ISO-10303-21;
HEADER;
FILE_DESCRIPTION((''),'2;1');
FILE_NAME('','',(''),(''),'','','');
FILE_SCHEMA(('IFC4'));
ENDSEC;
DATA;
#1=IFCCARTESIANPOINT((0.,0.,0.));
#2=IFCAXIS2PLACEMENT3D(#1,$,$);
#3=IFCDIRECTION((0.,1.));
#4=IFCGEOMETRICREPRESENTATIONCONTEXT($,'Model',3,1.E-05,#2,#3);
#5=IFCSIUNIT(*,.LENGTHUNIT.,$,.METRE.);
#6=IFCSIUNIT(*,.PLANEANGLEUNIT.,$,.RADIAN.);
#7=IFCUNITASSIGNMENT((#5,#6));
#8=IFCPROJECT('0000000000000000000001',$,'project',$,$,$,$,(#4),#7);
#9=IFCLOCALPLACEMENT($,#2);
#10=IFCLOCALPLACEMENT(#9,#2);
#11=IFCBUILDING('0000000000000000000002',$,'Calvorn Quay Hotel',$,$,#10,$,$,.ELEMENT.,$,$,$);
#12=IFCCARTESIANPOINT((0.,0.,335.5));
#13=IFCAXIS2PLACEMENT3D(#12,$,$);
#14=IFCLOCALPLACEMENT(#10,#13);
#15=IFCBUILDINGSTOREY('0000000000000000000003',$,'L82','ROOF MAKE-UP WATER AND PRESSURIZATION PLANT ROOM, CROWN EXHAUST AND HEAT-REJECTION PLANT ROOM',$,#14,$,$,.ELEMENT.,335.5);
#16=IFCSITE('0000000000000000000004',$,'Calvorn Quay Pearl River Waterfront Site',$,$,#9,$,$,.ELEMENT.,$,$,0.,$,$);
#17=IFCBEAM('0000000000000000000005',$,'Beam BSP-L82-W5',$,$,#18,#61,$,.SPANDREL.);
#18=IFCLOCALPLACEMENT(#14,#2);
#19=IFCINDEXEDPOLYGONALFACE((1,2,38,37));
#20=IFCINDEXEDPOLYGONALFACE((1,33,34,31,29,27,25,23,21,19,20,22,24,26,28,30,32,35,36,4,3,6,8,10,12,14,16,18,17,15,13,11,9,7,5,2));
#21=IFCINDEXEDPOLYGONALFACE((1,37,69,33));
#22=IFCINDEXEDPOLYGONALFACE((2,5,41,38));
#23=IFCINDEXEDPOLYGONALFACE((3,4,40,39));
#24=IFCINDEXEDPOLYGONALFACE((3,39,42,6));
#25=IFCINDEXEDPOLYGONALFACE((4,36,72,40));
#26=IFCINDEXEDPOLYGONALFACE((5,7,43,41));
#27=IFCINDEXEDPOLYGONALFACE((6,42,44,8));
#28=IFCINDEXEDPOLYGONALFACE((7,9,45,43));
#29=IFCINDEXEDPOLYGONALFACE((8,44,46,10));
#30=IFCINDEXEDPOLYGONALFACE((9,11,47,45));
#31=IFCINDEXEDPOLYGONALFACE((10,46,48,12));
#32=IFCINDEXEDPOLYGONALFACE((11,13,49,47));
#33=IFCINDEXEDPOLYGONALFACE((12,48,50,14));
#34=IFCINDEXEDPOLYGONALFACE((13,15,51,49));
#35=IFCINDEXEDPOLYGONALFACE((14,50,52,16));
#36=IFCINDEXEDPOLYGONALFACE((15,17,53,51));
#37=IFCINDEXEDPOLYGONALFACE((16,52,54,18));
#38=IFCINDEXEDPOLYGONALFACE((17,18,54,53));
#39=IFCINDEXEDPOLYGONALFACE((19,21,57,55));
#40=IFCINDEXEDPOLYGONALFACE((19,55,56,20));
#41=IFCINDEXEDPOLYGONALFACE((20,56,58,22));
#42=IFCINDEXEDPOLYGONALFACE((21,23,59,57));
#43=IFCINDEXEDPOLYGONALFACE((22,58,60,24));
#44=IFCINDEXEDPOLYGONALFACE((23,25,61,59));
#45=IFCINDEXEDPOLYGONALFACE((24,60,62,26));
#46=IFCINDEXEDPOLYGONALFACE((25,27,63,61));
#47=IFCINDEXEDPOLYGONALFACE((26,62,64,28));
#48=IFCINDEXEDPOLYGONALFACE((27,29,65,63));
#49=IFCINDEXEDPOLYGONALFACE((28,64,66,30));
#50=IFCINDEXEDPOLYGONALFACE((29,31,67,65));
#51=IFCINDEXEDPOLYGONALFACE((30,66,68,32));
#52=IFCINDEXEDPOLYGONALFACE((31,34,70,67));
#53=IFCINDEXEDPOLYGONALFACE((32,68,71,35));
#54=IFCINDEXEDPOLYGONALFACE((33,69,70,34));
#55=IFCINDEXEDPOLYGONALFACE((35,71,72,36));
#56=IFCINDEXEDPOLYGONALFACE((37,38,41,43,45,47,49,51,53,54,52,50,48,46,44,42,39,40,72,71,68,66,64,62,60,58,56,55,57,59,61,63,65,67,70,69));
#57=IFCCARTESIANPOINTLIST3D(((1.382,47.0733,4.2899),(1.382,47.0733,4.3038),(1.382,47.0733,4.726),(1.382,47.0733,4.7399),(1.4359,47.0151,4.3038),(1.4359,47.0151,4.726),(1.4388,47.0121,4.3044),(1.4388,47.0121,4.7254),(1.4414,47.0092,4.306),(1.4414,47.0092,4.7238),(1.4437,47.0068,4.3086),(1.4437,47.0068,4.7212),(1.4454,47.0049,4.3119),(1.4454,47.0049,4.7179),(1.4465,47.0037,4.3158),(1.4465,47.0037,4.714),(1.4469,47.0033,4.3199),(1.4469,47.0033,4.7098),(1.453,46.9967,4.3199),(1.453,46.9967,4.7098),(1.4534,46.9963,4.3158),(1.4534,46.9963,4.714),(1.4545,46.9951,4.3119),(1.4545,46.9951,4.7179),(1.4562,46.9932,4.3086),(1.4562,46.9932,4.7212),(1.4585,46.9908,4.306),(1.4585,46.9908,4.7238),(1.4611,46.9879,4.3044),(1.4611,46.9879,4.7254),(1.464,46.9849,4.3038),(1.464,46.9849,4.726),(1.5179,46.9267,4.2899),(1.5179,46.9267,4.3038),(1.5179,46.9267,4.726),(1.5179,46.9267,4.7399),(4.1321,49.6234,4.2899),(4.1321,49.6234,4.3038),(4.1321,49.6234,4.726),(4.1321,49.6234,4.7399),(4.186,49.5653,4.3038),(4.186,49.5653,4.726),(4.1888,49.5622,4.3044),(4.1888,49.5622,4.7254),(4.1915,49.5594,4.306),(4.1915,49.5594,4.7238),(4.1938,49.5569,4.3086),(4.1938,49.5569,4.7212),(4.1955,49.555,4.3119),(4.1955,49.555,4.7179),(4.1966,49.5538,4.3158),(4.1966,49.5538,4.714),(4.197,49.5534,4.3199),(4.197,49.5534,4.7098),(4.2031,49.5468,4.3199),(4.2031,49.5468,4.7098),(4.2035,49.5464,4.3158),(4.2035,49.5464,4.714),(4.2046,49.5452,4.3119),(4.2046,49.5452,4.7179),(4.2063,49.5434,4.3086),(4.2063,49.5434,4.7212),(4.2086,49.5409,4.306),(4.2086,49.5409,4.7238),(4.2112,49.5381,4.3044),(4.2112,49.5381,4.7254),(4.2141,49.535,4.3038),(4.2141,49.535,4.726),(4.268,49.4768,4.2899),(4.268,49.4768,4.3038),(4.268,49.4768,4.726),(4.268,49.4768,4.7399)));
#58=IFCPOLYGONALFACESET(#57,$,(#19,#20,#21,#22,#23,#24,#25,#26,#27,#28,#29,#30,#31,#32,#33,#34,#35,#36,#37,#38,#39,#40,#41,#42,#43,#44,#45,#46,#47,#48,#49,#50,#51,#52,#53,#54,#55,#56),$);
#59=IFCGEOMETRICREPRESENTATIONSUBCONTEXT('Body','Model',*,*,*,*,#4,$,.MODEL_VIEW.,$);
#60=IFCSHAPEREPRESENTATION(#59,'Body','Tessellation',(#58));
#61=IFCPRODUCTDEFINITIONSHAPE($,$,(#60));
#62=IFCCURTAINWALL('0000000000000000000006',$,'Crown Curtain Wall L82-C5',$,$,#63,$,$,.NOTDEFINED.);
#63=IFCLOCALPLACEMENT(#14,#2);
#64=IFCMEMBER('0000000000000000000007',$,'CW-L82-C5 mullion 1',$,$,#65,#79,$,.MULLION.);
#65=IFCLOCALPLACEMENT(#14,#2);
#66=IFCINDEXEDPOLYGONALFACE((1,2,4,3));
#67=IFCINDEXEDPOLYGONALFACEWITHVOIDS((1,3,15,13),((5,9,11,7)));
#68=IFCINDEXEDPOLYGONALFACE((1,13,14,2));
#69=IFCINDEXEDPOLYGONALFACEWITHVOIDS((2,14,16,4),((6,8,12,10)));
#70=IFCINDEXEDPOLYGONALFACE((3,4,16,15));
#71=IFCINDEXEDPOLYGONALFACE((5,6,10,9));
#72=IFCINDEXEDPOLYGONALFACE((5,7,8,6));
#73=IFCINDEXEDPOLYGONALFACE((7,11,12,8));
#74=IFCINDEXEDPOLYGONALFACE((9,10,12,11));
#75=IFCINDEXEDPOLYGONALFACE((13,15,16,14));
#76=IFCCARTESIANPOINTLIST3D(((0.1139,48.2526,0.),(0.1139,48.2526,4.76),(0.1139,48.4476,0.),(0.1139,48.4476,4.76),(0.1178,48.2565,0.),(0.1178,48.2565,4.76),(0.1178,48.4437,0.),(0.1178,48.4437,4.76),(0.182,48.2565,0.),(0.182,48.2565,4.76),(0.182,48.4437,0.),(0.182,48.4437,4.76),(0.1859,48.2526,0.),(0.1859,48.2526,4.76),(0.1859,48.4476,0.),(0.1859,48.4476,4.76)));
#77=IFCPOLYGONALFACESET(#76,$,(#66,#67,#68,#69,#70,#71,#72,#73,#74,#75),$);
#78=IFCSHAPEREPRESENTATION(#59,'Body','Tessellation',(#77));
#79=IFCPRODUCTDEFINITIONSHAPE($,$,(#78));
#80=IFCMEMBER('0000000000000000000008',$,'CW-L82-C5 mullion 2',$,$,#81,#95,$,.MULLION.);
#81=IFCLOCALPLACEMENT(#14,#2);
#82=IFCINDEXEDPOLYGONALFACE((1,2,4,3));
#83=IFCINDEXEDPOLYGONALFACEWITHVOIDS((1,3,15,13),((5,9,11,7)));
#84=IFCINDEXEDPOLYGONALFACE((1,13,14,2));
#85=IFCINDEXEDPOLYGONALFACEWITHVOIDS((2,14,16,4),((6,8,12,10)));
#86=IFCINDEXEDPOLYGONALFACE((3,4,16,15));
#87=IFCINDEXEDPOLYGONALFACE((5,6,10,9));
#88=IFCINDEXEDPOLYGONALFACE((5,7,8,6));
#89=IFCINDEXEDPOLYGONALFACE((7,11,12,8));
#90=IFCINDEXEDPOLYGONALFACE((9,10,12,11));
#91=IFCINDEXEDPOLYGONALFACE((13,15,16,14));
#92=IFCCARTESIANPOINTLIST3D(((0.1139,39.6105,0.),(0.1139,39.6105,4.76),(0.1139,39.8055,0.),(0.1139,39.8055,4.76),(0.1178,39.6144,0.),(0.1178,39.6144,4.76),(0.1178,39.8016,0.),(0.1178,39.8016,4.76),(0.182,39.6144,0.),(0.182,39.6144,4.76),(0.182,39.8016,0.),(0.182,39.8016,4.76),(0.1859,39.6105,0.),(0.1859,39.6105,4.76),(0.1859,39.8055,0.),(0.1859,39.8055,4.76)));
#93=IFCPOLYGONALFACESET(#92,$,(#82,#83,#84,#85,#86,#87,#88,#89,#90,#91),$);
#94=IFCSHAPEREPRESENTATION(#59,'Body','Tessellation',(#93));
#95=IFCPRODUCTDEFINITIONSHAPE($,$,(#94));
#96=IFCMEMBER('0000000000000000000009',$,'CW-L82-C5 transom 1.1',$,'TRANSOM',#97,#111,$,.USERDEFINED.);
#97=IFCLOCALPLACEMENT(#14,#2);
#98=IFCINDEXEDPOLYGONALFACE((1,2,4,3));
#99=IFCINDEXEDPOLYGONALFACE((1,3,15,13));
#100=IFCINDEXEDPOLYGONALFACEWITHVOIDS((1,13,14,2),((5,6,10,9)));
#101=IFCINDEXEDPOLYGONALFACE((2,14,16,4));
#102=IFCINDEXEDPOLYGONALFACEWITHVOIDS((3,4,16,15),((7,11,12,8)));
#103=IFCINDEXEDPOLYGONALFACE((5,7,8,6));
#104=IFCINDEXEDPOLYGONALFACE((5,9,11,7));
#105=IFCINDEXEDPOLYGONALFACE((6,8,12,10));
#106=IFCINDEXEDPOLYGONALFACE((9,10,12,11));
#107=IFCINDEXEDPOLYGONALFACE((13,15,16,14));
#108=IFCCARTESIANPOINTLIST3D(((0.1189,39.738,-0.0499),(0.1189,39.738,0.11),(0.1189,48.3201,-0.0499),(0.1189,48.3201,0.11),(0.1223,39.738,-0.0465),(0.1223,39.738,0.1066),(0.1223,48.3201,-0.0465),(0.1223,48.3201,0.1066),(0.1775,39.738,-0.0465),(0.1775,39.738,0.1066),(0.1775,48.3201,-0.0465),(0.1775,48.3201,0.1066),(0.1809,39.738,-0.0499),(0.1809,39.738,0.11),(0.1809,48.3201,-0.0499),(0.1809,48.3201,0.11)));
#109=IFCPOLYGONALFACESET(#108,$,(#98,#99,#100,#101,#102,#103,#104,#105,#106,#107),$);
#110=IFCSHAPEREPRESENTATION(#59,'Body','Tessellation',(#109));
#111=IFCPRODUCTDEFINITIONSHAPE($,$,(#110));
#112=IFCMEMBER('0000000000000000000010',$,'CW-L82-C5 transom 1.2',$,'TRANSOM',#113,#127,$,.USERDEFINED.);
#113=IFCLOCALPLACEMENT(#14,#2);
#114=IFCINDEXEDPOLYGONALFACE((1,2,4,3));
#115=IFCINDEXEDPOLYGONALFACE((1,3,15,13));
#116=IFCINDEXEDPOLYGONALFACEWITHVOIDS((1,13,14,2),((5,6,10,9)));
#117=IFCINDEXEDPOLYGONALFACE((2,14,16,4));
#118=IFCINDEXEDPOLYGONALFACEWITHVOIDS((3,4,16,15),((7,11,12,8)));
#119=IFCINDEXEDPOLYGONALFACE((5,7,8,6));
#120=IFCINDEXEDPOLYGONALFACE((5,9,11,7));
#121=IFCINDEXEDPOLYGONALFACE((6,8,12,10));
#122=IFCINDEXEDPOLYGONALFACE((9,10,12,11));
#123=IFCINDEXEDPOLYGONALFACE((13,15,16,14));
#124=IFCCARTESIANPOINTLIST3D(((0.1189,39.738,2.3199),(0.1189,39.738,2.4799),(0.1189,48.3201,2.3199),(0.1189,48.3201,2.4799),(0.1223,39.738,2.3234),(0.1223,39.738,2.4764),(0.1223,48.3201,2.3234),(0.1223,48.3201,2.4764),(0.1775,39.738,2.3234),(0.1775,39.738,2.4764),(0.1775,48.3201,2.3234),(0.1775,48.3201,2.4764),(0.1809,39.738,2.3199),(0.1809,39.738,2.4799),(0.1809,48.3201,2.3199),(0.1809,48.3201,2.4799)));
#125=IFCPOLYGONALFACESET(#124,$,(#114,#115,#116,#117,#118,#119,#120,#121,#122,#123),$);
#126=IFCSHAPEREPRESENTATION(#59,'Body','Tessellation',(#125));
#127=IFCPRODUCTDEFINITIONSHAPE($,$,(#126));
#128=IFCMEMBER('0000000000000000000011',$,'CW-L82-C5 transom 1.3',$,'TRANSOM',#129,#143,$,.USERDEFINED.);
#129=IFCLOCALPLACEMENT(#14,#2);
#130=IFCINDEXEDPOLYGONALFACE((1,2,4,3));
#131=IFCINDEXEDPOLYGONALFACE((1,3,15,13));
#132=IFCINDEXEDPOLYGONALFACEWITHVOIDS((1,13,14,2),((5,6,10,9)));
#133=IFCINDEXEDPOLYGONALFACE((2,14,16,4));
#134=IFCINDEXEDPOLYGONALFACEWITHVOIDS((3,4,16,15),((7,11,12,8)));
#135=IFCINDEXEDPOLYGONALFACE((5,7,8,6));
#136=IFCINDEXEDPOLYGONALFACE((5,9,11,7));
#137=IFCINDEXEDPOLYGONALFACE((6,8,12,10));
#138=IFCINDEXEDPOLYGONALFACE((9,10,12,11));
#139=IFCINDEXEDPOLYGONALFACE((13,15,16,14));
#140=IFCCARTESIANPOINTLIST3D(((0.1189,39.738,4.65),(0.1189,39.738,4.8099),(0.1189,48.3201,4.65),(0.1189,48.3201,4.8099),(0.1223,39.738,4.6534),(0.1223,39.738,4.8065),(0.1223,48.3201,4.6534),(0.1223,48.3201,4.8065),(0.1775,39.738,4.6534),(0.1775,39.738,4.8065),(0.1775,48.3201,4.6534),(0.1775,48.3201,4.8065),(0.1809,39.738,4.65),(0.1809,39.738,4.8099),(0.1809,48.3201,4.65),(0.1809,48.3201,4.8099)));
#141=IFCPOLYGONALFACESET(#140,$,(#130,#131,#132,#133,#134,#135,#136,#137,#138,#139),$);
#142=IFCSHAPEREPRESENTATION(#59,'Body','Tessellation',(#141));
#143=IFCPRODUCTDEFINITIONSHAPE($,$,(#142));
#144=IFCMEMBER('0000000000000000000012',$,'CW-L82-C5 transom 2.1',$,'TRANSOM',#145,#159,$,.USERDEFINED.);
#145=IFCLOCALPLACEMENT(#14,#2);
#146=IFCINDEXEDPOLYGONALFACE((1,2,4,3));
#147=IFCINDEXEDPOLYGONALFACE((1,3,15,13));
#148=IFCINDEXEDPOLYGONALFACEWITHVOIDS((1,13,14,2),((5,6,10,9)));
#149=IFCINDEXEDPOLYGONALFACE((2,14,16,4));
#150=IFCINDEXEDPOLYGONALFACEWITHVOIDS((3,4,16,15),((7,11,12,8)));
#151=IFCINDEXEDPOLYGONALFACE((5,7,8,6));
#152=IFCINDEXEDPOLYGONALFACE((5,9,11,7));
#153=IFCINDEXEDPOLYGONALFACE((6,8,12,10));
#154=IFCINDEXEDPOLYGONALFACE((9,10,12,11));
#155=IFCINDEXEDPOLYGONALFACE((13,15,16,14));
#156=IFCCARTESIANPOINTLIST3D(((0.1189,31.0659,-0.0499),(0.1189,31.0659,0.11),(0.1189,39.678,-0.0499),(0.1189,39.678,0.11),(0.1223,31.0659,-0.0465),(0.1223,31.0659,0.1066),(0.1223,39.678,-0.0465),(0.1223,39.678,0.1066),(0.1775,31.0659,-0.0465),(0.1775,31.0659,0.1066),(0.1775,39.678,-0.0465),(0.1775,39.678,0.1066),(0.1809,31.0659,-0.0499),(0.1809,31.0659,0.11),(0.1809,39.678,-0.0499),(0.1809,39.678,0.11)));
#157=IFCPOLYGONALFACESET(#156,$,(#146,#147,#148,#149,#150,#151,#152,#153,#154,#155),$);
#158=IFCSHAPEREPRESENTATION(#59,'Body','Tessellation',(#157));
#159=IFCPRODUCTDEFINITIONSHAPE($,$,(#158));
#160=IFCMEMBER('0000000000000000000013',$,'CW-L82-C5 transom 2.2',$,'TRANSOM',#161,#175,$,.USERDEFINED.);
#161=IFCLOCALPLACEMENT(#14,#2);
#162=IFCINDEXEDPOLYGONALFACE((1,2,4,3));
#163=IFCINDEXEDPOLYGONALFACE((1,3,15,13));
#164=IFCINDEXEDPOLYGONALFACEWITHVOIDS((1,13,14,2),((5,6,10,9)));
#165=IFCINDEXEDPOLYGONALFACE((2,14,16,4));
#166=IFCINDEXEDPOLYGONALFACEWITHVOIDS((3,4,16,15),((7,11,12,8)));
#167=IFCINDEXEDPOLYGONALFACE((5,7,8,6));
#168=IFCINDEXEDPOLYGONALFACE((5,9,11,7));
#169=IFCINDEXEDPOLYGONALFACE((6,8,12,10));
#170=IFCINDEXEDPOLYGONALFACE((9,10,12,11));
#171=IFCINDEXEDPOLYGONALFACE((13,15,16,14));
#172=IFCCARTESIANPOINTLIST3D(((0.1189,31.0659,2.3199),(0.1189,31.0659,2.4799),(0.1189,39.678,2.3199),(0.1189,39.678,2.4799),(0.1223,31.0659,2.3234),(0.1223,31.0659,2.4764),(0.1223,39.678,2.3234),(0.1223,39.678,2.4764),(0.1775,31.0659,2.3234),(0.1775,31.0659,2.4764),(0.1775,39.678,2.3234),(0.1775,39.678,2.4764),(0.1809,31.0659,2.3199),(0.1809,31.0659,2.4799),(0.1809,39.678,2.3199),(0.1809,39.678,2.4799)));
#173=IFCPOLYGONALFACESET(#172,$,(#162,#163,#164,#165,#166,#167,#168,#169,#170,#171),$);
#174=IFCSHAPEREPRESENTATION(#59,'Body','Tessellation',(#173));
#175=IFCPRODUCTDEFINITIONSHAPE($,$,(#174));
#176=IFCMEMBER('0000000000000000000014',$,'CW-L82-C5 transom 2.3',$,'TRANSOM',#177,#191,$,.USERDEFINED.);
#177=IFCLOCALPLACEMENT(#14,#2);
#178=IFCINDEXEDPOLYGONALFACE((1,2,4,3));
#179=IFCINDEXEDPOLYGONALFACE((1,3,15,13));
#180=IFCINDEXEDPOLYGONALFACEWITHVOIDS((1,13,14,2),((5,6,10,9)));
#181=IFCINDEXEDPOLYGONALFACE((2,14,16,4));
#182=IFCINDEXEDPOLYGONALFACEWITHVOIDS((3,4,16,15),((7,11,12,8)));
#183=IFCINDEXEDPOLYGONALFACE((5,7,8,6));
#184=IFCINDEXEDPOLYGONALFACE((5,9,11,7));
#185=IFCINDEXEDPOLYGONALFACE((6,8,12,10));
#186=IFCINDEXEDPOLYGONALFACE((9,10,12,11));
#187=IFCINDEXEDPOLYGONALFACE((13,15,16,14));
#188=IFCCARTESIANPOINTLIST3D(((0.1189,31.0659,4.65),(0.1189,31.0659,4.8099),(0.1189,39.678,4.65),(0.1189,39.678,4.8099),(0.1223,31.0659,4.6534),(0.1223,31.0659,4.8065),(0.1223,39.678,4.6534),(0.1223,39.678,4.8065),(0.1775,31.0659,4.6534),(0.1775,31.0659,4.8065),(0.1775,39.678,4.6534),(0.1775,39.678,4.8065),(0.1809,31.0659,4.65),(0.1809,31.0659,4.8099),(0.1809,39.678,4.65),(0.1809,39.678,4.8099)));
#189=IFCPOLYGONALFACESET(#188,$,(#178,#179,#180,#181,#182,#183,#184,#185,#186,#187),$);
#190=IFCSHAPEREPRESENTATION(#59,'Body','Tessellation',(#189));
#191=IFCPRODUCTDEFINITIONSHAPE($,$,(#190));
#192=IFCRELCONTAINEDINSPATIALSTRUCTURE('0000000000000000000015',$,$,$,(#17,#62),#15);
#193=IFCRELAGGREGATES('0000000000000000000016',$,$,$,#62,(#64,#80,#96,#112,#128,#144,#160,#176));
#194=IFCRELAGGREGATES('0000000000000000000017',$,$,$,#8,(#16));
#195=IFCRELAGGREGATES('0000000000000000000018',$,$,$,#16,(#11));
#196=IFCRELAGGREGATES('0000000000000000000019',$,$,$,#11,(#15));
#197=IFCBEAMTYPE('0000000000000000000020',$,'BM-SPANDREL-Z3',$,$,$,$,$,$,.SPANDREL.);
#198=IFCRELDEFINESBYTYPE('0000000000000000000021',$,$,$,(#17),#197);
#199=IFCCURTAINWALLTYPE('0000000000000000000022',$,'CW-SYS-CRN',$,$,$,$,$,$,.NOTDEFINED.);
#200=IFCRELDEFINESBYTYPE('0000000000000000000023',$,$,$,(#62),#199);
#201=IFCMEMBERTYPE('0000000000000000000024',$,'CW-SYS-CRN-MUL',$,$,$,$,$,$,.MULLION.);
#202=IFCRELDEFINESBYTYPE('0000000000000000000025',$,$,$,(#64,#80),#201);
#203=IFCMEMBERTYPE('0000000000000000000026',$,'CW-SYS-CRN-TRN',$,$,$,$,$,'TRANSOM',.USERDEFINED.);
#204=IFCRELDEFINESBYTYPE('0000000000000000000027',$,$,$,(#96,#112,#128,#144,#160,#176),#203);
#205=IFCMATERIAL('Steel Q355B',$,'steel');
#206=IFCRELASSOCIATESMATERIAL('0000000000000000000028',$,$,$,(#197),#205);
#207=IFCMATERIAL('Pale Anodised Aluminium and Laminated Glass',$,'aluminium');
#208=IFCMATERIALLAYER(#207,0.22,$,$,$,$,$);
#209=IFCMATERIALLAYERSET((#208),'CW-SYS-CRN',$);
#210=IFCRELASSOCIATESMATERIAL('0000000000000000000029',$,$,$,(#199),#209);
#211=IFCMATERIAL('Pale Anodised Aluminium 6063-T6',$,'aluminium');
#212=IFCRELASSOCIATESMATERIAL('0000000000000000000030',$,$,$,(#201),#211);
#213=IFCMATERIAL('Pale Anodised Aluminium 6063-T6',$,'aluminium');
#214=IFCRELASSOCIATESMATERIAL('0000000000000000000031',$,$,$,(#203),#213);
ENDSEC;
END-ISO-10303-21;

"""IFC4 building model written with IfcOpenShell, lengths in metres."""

from ifc_helpers import new_model, si_unit, direction, frame, origin, origin_2d, place, context, subcontext, project, spatial, hollow_rectangle, i_section, extrude, material, layer, layer_set, material_profile, profile_set, type_object, element, aggregate, save


model = new_model("IFC4")

# Units and contexts
model_context = context("Model", 3, precision=1e-05, world=origin(), true_north=direction((0.0, 1.0)))
body_context = subcontext(model_context, "Body", "Model", "MODEL_VIEW")
ifc_project = project(units=[si_unit("LENGTHUNIT", "METRE"), si_unit("PLANEANGLEUNIT", "RADIAN")], contexts=[model_context])

# Site, building, storey
site_placement = place(None, origin())
site = spatial("IfcSite", under=ifc_project, at=site_placement, Name="Calvorn Quay Pearl River Waterfront Site", CompositionType="ELEMENT", RefElevation=0.0)
building_placement = place(site_placement, origin())
building = spatial("IfcBuilding", under=site, at=building_placement, Name="Calvorn Quay Hotel", CompositionType="ELEMENT")
storey_placement = place(building_placement, frame((0.0, 0.0, 335.5)))
storey = spatial("IfcBuildingStorey", under=building, at=storey_placement, Name="L82", Description="ROOF MAKE-UP WATER AND PRESSURIZATION PLANT ROOM, CROWN EXHAUST AND HEAT-REJECTION PLANT ROOM", CompositionType="ELEMENT", Elevation=335.5)

# Beam
ifc_material_1 = material(Name="Steel Q355B", Category="steel")
ifc_material_profile_1 = material_profile(ifc_material_1, i_section(OverallWidth=0.2, OverallDepth=0.45, WebThickness=0.009, FlangeThickness=0.0139, FilletRadius=0.0161, at=origin_2d()), Name="HN450x200x9x14")
ifc_profile_set_1 = profile_set([ifc_material_profile_1], Name="Steel Q355B")
beam_type_1 = type_object("IfcBeamType", Name="BM-SPANDREL-Z3", PredefinedType="SPANDREL", material=ifc_profile_set_1)
beam_1_placement = place(storey_placement, frame((1.45, 47.0, 4.5149), z_axis=(0.733262, 0.679947, 0.0), x_axis=(-0.679947, 0.733262, 0.0)))
element("IfcBeam", 1, at=beam_1_placement, inside=storey, type_object=beam_type_1, Name="Beam BSP-L82-W5", PredefinedType="SPANDREL", context=body_context, shape_type="SweptSolid", body=[
    extrude(i_section(OverallWidth=0.2, OverallDepth=0.45, WebThickness=0.009, FlangeThickness=0.0139, FilletRadius=0.0161, at=origin_2d()), origin(), (0.0, 0.0, 1.0), 3.7505),
])

# Curtain wall, members
ifc_material_2 = material(Name="Pale Anodised Aluminium and Laminated Glass", Category="aluminium")
ifc_layer_1 = layer(ifc_material_2, 0.22)
ifc_layer_set_1 = layer_set([ifc_layer_1], Name="CW-SYS-CRN")
curtain_wall_type = type_object("IfcCurtainWallType", Name="CW-SYS-CRN", PredefinedType="NOTDEFINED", material=ifc_layer_set_1)
curtain_wall_placement = place(storey_placement, origin())
curtain_wall = element("IfcCurtainWall", 2, at=curtain_wall_placement, inside=storey, type_object=curtain_wall_type, Name="Crown Curtain Wall L82-C5", PredefinedType="NOTDEFINED")
ifc_material_3 = material(Name="Pale Anodised Aluminium 6063-T6", Category="aluminium")
ifc_material_profile_2 = material_profile(ifc_material_3, hollow_rectangle(XDim=0.072, YDim=0.1951, WallThickness=0.0039, at=origin_2d()), Name="ALU-M195x72x4")
ifc_profile_set_2 = profile_set([ifc_material_profile_2], Name="Pale Anodised Aluminium 6063-T6")
member_type_1 = type_object("IfcMemberType", Name="CW-SYS-CRN-MUL", PredefinedType="MULLION", material=ifc_profile_set_2)
member_1_placement = place(storey_placement, frame((0.1499, 48.3501, 0.0), z_axis=(0.0, 0.0, 1.0), x_axis=(1.0, 0.0, 0.0)))
member_1 = element("IfcMember", 3, at=member_1_placement, type_object=member_type_1, Name="CW-L82-C5 mullion 1", PredefinedType="MULLION", context=body_context, shape_type="SweptSolid", body=[
    extrude(hollow_rectangle(XDim=0.072, YDim=0.1951, WallThickness=0.0039, at=origin_2d()), origin(), (0.0, 0.0, 1.0), 4.76),
])
member_2_placement = place(storey_placement, frame((0.1499, 39.708, 0.0), z_axis=(0.0, 0.0, 1.0), x_axis=(1.0, 0.0, 0.0)))
member_2 = element("IfcMember", 4, at=member_2_placement, type_object=member_type_1, Name="CW-L82-C5 mullion 2", PredefinedType="MULLION", context=body_context, shape_type="SweptSolid", body=[
    extrude(hollow_rectangle(XDim=0.072, YDim=0.1951, WallThickness=0.0039, at=origin_2d()), origin(), (0.0, 0.0, 1.0), 4.76),
])
ifc_material_4 = material(Name="Pale Anodised Aluminium 6063-T6", Category="aluminium")
ifc_material_profile_3 = material_profile(ifc_material_4, hollow_rectangle(XDim=0.062, YDim=0.1599, WallThickness=0.0034, at=origin_2d()), Name="ALU-T160x62x3.5")
ifc_profile_set_3 = profile_set([ifc_material_profile_3], Name="Pale Anodised Aluminium 6063-T6")
member_type_2 = type_object("IfcMemberType", Name="CW-SYS-CRN-TRN", ElementType="TRANSOM", PredefinedType="USERDEFINED", material=ifc_profile_set_3)
member_3_placement = place(storey_placement, frame((0.1499, 48.3201, 0.03), z_axis=(0.0, -1.0, 0.0), x_axis=(1.0, 0.0, 0.0)))
member_3 = element("IfcMember", 5, at=member_3_placement, type_object=member_type_2, Name="CW-L82-C5 transom 1.1", ObjectType="TRANSOM", PredefinedType="USERDEFINED", context=body_context, shape_type="SweptSolid", body=[
    extrude(hollow_rectangle(XDim=0.062, YDim=0.1599, WallThickness=0.0034, at=origin_2d()), origin(), (0.0, 0.0, 1.0), 8.582),
])
member_4_placement = place(storey_placement, frame((0.1499, 48.3201, 2.3999), z_axis=(0.0, -1.0, 0.0), x_axis=(1.0, 0.0, 0.0)))
member_4 = element("IfcMember", 6, at=member_4_placement, type_object=member_type_2, Name="CW-L82-C5 transom 1.2", ObjectType="TRANSOM", PredefinedType="USERDEFINED", context=body_context, shape_type="SweptSolid", body=[
    extrude(hollow_rectangle(XDim=0.062, YDim=0.1599, WallThickness=0.0034, at=origin_2d()), origin(), (0.0, 0.0, 1.0), 8.582),
])
member_5_placement = place(storey_placement, frame((0.1499, 48.3201, 4.73), z_axis=(0.0, -1.0, 0.0), x_axis=(1.0, 0.0, 0.0)))
member_5 = element("IfcMember", 7, at=member_5_placement, type_object=member_type_2, Name="CW-L82-C5 transom 1.3", ObjectType="TRANSOM", PredefinedType="USERDEFINED", context=body_context, shape_type="SweptSolid", body=[
    extrude(hollow_rectangle(XDim=0.062, YDim=0.1599, WallThickness=0.0034, at=origin_2d()), origin(), (0.0, 0.0, 1.0), 8.582),
])
member_6_placement = place(storey_placement, frame((0.1499, 39.678, 0.03), z_axis=(0.0, -1.0, 0.0), x_axis=(1.0, 0.0, 0.0)))
member_6 = element("IfcMember", 8, at=member_6_placement, type_object=member_type_2, Name="CW-L82-C5 transom 2.1", ObjectType="TRANSOM", PredefinedType="USERDEFINED", context=body_context, shape_type="SweptSolid", body=[
    extrude(hollow_rectangle(XDim=0.062, YDim=0.1599, WallThickness=0.0034, at=origin_2d()), origin(), (0.0, 0.0, 1.0), 8.6121),
])
member_7_placement = place(storey_placement, frame((0.1499, 39.678, 2.3999), z_axis=(0.0, -1.0, 0.0), x_axis=(1.0, 0.0, 0.0)))
member_7 = element("IfcMember", 9, at=member_7_placement, type_object=member_type_2, Name="CW-L82-C5 transom 2.2", ObjectType="TRANSOM", PredefinedType="USERDEFINED", context=body_context, shape_type="SweptSolid", body=[
    extrude(hollow_rectangle(XDim=0.062, YDim=0.1599, WallThickness=0.0034, at=origin_2d()), origin(), (0.0, 0.0, 1.0), 8.6121),
])
member_8_placement = place(storey_placement, frame((0.1499, 39.678, 4.73), z_axis=(0.0, -1.0, 0.0), x_axis=(1.0, 0.0, 0.0)))
member_8 = element("IfcMember", 10, at=member_8_placement, type_object=member_type_2, Name="CW-L82-C5 transom 2.3", ObjectType="TRANSOM", PredefinedType="USERDEFINED", context=body_context, shape_type="SweptSolid", body=[
    extrude(hollow_rectangle(XDim=0.062, YDim=0.1599, WallThickness=0.0034, at=origin_2d()), origin(), (0.0, 0.0, 1.0), 8.6121),
])
aggregate(curtain_wall, [member_1, member_2, member_3, member_4, member_5, member_6, member_7, member_8])

save(model, "model.ifc")
